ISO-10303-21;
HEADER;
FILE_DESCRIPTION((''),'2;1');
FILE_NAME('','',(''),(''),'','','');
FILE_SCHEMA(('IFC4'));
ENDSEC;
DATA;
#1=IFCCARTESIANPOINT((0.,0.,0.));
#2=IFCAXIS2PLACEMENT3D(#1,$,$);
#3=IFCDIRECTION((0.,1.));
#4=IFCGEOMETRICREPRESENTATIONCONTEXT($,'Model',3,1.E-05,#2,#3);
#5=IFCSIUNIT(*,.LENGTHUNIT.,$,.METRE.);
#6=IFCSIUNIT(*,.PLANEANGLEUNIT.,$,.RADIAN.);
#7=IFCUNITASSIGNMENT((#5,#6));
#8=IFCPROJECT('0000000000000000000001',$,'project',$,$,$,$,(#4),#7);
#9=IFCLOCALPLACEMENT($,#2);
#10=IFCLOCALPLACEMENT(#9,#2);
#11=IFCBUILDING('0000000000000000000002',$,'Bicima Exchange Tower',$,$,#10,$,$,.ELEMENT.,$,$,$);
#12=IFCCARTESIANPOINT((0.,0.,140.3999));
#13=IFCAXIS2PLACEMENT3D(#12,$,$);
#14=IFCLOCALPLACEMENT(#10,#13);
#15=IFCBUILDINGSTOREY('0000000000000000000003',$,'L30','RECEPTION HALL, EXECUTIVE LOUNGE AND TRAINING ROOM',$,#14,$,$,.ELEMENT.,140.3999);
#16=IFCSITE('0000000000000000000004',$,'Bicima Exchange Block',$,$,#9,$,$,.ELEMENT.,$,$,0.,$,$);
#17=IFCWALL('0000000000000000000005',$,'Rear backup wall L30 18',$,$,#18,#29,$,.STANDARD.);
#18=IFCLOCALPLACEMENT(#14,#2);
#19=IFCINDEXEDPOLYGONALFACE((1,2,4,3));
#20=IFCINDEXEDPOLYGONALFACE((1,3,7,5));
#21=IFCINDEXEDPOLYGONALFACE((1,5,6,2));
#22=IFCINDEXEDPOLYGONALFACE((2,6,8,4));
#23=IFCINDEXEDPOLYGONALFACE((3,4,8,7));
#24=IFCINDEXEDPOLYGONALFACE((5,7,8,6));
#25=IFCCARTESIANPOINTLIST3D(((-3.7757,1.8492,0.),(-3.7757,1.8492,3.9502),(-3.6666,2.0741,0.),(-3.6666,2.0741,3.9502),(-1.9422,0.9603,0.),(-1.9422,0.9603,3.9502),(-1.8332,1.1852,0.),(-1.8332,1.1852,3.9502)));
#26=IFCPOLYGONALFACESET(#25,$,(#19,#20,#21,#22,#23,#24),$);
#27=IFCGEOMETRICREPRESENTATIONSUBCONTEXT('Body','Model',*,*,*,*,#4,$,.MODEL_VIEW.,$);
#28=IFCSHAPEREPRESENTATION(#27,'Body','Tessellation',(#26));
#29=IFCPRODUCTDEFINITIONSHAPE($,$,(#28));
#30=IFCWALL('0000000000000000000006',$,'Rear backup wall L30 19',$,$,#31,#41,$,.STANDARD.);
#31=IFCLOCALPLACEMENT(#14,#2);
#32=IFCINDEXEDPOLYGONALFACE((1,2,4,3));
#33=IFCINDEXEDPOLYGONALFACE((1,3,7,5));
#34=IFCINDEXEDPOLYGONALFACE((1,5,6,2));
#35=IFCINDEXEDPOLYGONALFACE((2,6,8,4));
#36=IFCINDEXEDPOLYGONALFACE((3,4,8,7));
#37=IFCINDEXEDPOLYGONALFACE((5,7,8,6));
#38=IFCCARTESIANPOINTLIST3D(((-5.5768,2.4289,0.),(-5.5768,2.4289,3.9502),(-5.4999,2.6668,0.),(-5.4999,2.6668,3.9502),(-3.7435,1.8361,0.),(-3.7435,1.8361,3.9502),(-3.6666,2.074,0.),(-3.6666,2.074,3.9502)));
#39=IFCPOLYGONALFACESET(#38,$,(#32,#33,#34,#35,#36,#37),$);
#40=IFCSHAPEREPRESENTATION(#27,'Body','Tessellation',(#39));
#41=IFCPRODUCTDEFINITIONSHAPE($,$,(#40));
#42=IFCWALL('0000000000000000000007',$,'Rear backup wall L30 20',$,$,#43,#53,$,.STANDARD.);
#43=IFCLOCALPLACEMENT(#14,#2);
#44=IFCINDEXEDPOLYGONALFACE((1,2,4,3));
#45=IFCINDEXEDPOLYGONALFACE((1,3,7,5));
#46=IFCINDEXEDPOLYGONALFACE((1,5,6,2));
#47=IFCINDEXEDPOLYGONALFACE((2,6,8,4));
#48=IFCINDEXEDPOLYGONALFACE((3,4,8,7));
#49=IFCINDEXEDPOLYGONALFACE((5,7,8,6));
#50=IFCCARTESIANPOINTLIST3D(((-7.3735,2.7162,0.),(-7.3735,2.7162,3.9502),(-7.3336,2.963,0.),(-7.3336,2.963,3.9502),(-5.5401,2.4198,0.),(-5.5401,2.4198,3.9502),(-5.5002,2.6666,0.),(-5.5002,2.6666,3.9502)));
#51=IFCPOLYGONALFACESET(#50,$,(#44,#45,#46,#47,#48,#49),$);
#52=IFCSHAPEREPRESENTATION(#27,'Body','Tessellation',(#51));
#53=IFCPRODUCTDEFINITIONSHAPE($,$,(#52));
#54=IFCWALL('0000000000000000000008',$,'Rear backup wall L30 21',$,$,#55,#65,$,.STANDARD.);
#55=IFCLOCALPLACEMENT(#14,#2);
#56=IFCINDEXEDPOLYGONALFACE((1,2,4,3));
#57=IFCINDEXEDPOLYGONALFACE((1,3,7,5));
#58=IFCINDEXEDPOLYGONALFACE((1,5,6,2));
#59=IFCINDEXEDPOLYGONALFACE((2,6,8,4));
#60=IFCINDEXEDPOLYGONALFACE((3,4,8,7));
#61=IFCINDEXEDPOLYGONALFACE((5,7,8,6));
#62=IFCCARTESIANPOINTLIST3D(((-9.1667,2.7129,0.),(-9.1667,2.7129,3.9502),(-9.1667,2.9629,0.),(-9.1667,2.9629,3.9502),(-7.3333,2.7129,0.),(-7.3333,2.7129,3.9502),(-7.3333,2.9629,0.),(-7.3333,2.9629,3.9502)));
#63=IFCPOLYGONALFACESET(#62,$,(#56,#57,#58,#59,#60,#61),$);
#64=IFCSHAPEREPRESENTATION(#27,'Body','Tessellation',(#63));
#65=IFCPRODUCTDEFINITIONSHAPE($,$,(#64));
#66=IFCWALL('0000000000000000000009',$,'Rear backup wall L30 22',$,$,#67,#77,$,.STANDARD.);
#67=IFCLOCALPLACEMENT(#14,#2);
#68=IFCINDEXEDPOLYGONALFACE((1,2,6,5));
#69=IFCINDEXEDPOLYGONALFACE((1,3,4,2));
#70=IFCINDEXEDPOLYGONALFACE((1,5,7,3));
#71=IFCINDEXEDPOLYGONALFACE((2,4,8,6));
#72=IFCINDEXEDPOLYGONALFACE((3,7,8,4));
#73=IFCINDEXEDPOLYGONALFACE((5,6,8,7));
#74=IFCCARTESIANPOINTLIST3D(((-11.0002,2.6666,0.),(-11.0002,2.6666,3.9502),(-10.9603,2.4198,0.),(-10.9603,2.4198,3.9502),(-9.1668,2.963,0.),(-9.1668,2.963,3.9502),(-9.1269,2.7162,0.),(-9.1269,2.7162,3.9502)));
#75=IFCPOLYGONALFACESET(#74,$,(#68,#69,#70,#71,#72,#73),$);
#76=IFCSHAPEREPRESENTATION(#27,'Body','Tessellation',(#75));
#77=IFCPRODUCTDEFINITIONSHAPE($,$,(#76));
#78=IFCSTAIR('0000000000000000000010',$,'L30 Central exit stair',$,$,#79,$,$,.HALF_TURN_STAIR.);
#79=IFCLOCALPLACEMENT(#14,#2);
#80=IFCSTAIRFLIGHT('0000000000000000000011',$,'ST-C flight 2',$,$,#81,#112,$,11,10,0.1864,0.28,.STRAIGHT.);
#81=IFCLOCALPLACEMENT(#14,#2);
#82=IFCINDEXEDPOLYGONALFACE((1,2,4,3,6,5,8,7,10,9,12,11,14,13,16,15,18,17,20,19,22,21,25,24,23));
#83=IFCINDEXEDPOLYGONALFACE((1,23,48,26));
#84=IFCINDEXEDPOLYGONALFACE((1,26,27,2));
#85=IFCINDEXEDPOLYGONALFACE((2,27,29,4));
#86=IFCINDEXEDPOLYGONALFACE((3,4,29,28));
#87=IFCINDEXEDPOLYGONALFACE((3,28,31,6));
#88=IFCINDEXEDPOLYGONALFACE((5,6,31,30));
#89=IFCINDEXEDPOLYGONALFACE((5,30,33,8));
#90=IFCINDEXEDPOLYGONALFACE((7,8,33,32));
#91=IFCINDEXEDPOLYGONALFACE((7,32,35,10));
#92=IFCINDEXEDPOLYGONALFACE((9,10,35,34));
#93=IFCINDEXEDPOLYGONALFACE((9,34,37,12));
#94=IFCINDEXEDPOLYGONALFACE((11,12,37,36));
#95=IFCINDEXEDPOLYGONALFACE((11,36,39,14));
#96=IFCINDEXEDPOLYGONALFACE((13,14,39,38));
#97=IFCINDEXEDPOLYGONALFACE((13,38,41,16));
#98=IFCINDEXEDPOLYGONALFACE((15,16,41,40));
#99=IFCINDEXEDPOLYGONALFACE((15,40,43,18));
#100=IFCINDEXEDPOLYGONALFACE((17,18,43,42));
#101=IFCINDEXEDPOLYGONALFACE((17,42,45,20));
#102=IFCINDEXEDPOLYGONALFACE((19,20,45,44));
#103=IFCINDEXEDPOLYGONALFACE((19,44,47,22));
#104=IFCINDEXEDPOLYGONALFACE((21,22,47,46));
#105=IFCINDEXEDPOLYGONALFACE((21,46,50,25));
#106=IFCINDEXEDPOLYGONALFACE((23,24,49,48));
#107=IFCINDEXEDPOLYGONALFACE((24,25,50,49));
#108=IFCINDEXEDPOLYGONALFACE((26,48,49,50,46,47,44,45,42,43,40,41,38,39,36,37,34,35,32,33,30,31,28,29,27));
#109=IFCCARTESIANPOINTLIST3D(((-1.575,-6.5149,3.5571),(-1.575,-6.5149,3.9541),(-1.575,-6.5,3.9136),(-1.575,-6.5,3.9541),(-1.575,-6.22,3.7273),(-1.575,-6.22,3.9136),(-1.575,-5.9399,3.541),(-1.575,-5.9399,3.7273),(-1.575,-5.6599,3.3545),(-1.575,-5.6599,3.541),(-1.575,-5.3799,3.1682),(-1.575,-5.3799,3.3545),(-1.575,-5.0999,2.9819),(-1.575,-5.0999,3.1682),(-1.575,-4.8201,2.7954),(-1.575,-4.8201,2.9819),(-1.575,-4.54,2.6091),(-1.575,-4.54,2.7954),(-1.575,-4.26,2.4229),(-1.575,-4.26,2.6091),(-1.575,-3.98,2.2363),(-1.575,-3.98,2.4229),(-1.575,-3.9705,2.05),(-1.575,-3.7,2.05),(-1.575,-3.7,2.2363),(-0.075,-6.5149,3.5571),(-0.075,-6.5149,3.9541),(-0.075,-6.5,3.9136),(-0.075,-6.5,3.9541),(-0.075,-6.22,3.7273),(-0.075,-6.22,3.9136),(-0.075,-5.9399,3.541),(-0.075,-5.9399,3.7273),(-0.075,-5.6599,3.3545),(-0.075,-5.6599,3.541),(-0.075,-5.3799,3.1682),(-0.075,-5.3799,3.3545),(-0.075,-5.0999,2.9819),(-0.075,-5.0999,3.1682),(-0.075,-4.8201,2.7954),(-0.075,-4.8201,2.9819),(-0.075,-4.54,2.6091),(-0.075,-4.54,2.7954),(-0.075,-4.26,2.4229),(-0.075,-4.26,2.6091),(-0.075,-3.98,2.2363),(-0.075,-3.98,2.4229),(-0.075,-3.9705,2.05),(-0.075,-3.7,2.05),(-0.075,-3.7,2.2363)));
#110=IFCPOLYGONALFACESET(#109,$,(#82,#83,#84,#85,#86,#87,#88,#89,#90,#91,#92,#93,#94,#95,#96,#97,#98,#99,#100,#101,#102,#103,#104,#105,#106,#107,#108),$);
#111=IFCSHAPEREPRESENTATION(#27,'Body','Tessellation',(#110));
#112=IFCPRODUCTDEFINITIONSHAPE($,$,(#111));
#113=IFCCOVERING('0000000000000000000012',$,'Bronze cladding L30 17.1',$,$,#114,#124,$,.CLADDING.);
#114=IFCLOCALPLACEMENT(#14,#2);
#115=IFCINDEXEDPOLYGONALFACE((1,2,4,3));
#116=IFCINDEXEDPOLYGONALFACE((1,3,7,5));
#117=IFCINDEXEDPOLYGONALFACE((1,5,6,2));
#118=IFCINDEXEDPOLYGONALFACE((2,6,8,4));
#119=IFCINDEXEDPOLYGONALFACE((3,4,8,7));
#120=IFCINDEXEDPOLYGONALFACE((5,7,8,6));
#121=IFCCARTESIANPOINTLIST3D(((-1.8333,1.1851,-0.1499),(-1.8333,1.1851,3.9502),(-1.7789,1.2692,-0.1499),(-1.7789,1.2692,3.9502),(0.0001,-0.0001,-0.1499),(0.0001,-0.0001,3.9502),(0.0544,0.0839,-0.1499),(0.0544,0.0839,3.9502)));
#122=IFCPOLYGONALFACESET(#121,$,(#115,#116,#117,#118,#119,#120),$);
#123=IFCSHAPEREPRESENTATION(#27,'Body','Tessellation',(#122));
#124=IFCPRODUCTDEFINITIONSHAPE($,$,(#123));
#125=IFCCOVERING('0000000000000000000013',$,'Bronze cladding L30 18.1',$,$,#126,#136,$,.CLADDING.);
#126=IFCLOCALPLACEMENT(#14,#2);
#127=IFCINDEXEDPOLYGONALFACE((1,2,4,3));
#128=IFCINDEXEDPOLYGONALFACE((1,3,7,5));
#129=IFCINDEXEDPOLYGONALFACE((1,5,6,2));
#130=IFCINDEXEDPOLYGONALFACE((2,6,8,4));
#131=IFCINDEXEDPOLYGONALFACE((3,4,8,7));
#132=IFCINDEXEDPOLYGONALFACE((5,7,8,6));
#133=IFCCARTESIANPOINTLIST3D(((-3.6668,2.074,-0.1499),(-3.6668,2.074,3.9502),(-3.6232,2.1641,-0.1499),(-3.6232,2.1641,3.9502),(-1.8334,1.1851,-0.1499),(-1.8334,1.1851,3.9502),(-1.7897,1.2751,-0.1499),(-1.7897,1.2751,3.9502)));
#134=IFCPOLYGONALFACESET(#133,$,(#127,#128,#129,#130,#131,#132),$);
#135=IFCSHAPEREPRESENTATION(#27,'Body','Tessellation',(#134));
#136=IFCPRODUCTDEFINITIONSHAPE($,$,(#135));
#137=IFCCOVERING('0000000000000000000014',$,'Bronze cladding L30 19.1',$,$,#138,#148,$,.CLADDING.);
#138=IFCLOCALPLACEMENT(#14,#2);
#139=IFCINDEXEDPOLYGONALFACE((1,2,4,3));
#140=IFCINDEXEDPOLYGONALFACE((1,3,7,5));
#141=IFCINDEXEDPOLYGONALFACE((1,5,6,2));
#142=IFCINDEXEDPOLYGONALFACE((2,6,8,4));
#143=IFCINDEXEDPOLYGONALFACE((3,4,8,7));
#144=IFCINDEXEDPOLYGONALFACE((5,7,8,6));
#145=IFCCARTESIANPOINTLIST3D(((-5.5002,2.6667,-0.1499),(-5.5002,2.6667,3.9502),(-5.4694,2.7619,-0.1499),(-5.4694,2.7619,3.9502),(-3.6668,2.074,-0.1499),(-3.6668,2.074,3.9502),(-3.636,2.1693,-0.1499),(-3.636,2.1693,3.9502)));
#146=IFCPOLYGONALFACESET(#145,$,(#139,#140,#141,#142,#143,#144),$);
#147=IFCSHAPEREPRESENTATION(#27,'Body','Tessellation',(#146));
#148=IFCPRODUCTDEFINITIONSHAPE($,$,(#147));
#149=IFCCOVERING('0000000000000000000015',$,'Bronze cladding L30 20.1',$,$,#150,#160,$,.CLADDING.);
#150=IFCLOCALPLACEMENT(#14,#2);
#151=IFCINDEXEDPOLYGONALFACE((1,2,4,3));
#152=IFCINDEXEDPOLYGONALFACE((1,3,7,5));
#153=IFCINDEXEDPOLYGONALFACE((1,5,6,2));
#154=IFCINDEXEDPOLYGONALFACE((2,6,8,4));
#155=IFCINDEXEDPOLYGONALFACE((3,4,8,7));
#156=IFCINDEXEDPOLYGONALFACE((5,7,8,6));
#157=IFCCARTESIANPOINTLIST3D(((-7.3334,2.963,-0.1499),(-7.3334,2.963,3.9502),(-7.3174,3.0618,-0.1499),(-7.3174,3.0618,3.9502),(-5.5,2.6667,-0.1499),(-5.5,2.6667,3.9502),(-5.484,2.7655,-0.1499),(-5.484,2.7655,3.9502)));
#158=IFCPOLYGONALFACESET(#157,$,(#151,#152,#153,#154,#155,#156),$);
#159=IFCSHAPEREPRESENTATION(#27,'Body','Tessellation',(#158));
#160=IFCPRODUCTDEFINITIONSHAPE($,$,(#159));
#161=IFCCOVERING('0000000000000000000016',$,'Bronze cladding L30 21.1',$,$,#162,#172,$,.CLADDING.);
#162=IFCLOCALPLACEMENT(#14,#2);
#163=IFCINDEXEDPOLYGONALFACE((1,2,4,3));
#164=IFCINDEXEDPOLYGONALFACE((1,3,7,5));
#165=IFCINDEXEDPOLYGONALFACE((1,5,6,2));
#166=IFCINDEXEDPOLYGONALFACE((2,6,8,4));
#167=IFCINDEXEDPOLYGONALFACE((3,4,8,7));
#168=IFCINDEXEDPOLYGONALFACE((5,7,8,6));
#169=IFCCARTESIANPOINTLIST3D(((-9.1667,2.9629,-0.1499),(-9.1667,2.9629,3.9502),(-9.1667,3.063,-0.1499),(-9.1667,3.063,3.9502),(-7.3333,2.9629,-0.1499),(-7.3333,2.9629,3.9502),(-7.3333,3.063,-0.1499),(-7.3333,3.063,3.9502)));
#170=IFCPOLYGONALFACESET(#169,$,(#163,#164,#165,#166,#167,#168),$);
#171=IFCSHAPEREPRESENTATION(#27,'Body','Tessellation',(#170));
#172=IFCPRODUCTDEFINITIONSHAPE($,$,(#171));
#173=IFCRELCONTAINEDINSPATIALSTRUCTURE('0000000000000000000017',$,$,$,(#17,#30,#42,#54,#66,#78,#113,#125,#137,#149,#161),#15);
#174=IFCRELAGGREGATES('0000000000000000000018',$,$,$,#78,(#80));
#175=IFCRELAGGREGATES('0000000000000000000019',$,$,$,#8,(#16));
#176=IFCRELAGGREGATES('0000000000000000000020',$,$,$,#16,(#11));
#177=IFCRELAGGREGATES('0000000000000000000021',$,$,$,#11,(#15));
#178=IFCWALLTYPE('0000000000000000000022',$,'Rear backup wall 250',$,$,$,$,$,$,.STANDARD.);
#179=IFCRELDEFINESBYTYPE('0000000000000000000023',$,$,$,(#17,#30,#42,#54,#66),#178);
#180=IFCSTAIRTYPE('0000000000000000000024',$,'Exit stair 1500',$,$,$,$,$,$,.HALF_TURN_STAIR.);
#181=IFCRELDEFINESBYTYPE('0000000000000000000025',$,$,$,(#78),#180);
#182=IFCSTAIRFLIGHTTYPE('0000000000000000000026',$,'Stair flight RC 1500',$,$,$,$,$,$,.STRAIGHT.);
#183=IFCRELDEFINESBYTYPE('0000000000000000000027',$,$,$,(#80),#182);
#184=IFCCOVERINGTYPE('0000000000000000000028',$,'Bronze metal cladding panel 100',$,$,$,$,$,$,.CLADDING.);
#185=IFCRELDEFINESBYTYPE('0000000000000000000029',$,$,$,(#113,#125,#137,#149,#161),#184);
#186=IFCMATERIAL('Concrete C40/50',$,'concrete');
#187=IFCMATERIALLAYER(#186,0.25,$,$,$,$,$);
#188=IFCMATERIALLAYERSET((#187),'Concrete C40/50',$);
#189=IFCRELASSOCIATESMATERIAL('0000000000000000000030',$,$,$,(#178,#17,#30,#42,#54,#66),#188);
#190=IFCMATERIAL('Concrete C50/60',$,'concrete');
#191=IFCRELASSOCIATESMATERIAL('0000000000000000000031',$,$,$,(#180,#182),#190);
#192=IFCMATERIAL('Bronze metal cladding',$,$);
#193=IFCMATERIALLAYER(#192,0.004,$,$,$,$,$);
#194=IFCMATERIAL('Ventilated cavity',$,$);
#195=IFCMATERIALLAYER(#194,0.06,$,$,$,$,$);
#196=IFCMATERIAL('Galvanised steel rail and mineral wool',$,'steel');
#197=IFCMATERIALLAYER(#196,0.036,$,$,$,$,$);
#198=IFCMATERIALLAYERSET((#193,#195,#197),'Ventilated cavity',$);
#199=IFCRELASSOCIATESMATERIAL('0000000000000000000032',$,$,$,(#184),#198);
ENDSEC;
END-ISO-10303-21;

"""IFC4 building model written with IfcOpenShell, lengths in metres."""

from ifc_helpers import new_model, si_unit, direction, frame, frame_2d, origin, origin_2d, place, context, subcontext, project, spatial, polyline, rectangle, outline, extrude, material, layer, layer_set, layer_usage, type_object, element, aggregate, save


model = new_model("IFC4")

# Units and contexts
model_context = context("Model", 3, precision=1e-05, world=origin(), true_north=direction((0.0, 1.0)))
body_context = subcontext(model_context, "Body", "Model", "MODEL_VIEW")
ifc_project = project(units=[si_unit("LENGTHUNIT", "METRE"), si_unit("PLANEANGLEUNIT", "RADIAN")], contexts=[model_context])

# Site, building, storey
site_placement = place(None, origin())
site = spatial("IfcSite", under=ifc_project, at=site_placement, Name="Bicima Exchange Block", CompositionType="ELEMENT", RefElevation=0.0)
building_placement = place(site_placement, origin())
building = spatial("IfcBuilding", under=site, at=building_placement, Name="Bicima Exchange Tower", CompositionType="ELEMENT")
storey_placement = place(building_placement, frame((0.0, 0.0, 140.3999)))
storey = spatial("IfcBuildingStorey", under=building, at=storey_placement, Name="L30", Description="RECEPTION HALL, EXECUTIVE LOUNGE AND TRAINING ROOM", CompositionType="ELEMENT", Elevation=140.3999)

# Shared definitions
ifc_material_1 = material(Name="Concrete C50/60", Category="concrete")

# Walls
ifc_material_2 = material(Name="Concrete C40/50", Category="concrete")
ifc_layer_1 = layer(ifc_material_2, 0.25)
ifc_layer_set_1 = layer_set([ifc_layer_1], Name="Concrete C40/50")
ifc_layer_usage = layer_usage(ifc_layer_set_1, "AXIS2", "POSITIVE", -0.125)
wall_type_1 = type_object("IfcWallType", Name="Rear backup wall 250", PredefinedType="STANDARD", material=ifc_layer_set_1)
wall_1_placement = place(storey_placement, frame((-1.8877, 1.0728, 0.0), z_axis=(0.0, 0.0, 1.0), x_axis=(-0.899824, 0.436253, 0.0)))
element("IfcWall", 1, at=wall_1_placement, inside=storey, type_object=wall_type_1, material=ifc_layer_usage, Name="Rear backup wall L30 18", PredefinedType="STANDARD", context=body_context, shape_type="SweptSolid", body=[
    extrude(rectangle(XDim=2.0376, YDim=0.25, at=frame_2d((1.0188, 0.0))), origin(), (0.0, 0.0, 1.0), 3.9502),
])
wall_2_placement = place(storey_placement, frame((-3.7051, 1.9551, 0.0), z_axis=(0.0, 0.0, 1.0), x_axis=(-0.951496, 0.307662, 0.0)))
element("IfcWall", 2, at=wall_2_placement, inside=storey, type_object=wall_type_1, material=ifc_layer_usage, Name="Rear backup wall L30 19", PredefinedType="STANDARD", context=body_context, shape_type="SweptSolid", body=[
    extrude(rectangle(XDim=1.9268, YDim=0.25, at=frame_2d((0.9634, 0.0))), origin(), (0.0, 0.0, 1.0), 3.9502),
])
wall_3_placement = place(storey_placement, frame((-5.52, 2.5432, 0.0), z_axis=(0.0, 0.0, 1.0), x_axis=(-0.987182, 0.1596, 0.0)))
element("IfcWall", 3, at=wall_3_placement, inside=storey, type_object=wall_type_1, material=ifc_layer_usage, Name="Rear backup wall L30 20", PredefinedType="STANDARD", context=body_context, shape_type="SweptSolid", body=[
    extrude(rectangle(XDim=1.8572, YDim=0.25, at=frame_2d((0.9287, 0.0))), origin(), (0.0, 0.0, 1.0), 3.9502),
])
wall_4_placement = place(storey_placement, frame((-7.3333, 2.8379, 0.0), z_axis=(0.0, 0.0, 1.0), x_axis=(-1.0, 0.0, 0.0)))
element("IfcWall", 4, at=wall_4_placement, inside=storey, type_object=wall_type_1, material=ifc_layer_usage, Name="Rear backup wall L30 21", PredefinedType="STANDARD", context=body_context, shape_type="SweptSolid", body=[
    extrude(rectangle(XDim=1.8335, YDim=0.25, at=frame_2d((0.9167, 0.0))), origin(), (0.0, 0.0, 1.0), 3.9502),
])
wall_5_placement = place(storey_placement, frame((-9.1467, 2.8396, 0.0), z_axis=(0.0, 0.0, 1.0), x_axis=(-0.987182, -0.1596, 0.0)))
element("IfcWall", 5, at=wall_5_placement, inside=storey, type_object=wall_type_1, material=ifc_layer_usage, Name="Rear backup wall L30 22", PredefinedType="STANDARD", context=body_context, shape_type="SweptSolid", body=[
    extrude(rectangle(XDim=1.8572, YDim=0.25, at=frame_2d((0.9287, 0.0))), origin(), (0.0, 0.0, 1.0), 3.9502),
])

# Stair, stair flight
stair_type = type_object("IfcStairType", Name="Exit stair 1500", PredefinedType="HALF_TURN_STAIR", material=ifc_material_1)
stair_placement = place(storey_placement, origin())
stair = element("IfcStair", 6, at=stair_placement, inside=storey, type_object=stair_type, Name="L30 Central exit stair", PredefinedType="HALF_TURN_STAIR")
stair_flight_type = type_object("IfcStairFlightType", Name="Stair flight RC 1500", PredefinedType="STRAIGHT", material=ifc_material_1)
stair_flight_placement = place(storey_placement, frame((-0.825, -3.7, 2.05), z_axis=(0.0, 0.0, 1.0), x_axis=(0.0, -1.0, 0.0)))
stair_flight = element("IfcStairFlight", 7, at=stair_flight_placement, type_object=stair_flight_type, Name="ST-C flight 2", NumberOfRisers=11, NumberOfTreads=10, PredefinedType="STRAIGHT", RiserHeight=0.1864, TreadLength=0.28, context=body_context, shape_type="SweptSolid", body=[
    extrude(outline(polyline([(0.0, 0.0), (0.0, 0.1863), (0.28, 0.1863), (0.28, 0.3728), (0.5601, 0.3728), (0.5601, 0.5591), (0.8401, 0.5591), (0.8401, 0.7454), (1.1201, 0.7454), (1.1201, 0.9319), (1.3999, 0.9319), (1.3999, 1.1182), (1.6799, 1.1182), (1.6799, 1.3044), (1.96, 1.3044), (1.96, 1.491), (2.24, 1.491), (2.24, 1.6772), (2.52, 1.6772), (2.52, 1.8635), (2.8, 1.8635), (2.8, 1.9041), (2.8149, 1.9041), (2.8149, 1.5071), (0.2705, 0.0), (0.0, 0.0)])), frame((0.0, 0.75, 0.0), z_axis=(0.0, -1.0, 0.0), x_axis=(1.0, 0.0, 0.0)), (0.0, 0.0, 1.0), 1.5),
])
aggregate(stair, [stair_flight])

# Coverings
ifc_material_3 = material(Name="Bronze metal cladding")
ifc_layer_2 = layer(ifc_material_3, 0.004)
ifc_material_4 = material(Name="Ventilated cavity")
ifc_layer_3 = layer(ifc_material_4, 0.06)
ifc_material_5 = material(Name="Galvanised steel rail and mineral wool", Category="steel")
ifc_layer_4 = layer(ifc_material_5, 0.036)
ifc_layer_set_2 = layer_set([ifc_layer_2, ifc_layer_3, ifc_layer_4], Name="Ventilated cavity")
covering_type = type_object("IfcCoveringType", Name="Bronze metal cladding panel 100", PredefinedType="CLADDING", material=ifc_layer_set_2)
covering_1_placement = place(storey_placement, frame((-0.8894, 0.6345, -0.1499), z_axis=(0.0, 0.0, 1.0), x_axis=(-0.83979, 0.542911, 0.0)))
element("IfcCovering", 8, at=covering_1_placement, inside=storey, type_object=covering_type, Name="Bronze cladding L30 17.1", PredefinedType="CLADDING", context=body_context, shape_type="SweptSolid", body=[
    extrude(rectangle(XDim=2.1831, YDim=0.1001, at=origin_2d()), origin(), (0.0, 0.0, 1.0), 4.1001),
])
covering_2_placement = place(storey_placement, frame((-2.7283, 1.6746, -0.1499), z_axis=(0.0, 0.0, 1.0), x_axis=(-0.899818, 0.436265, 0.0)))
element("IfcCovering", 9, at=covering_2_placement, inside=storey, type_object=covering_type, Name="Bronze cladding L30 18.1", PredefinedType="CLADDING", context=body_context, shape_type="SweptSolid", body=[
    extrude(rectangle(XDim=2.0376, YDim=0.1001, at=origin_2d()), origin(), (0.0, 0.0, 1.0), 4.1001),
])
covering_3_placement = place(storey_placement, frame((-4.5681, 2.418, -0.1499), z_axis=(0.0, 0.0, 1.0), x_axis=(-0.951525, 0.307573, 0.0)))
element("IfcCovering", 10, at=covering_3_placement, inside=storey, type_object=covering_type, Name="Bronze cladding L30 19.1", PredefinedType="CLADDING", context=body_context, shape_type="SweptSolid", body=[
    extrude(rectangle(XDim=1.9268, YDim=0.1001, at=origin_2d()), origin(), (0.0, 0.0, 1.0), 4.1001),
])
covering_4_placement = place(storey_placement, frame((-6.4087, 2.8643, -0.1499), z_axis=(0.0, 0.0, 1.0), x_axis=(-0.98719, 0.15955, 0.0)))
element("IfcCovering", 11, at=covering_4_placement, inside=storey, type_object=covering_type, Name="Bronze cladding L30 20.1", PredefinedType="CLADDING", context=body_context, shape_type="SweptSolid", body=[
    extrude(rectangle(XDim=1.8572, YDim=0.1001, at=origin_2d()), origin(), (0.0, 0.0, 1.0), 4.1001),
])
covering_5_placement = place(storey_placement, frame((-8.25, 3.0129, -0.1499), z_axis=(0.0, 0.0, 1.0), x_axis=(-1.0, 0.0, 0.0)))
element("IfcCovering", 12, at=covering_5_placement, inside=storey, type_object=covering_type, Name="Bronze cladding L30 21.1", PredefinedType="CLADDING", context=body_context, shape_type="SweptSolid", body=[
    extrude(rectangle(XDim=1.8335, YDim=0.1001, at=origin_2d()), origin(), (0.0, 0.0, 1.0), 4.1001),
])

save(model, "model.ifc")
